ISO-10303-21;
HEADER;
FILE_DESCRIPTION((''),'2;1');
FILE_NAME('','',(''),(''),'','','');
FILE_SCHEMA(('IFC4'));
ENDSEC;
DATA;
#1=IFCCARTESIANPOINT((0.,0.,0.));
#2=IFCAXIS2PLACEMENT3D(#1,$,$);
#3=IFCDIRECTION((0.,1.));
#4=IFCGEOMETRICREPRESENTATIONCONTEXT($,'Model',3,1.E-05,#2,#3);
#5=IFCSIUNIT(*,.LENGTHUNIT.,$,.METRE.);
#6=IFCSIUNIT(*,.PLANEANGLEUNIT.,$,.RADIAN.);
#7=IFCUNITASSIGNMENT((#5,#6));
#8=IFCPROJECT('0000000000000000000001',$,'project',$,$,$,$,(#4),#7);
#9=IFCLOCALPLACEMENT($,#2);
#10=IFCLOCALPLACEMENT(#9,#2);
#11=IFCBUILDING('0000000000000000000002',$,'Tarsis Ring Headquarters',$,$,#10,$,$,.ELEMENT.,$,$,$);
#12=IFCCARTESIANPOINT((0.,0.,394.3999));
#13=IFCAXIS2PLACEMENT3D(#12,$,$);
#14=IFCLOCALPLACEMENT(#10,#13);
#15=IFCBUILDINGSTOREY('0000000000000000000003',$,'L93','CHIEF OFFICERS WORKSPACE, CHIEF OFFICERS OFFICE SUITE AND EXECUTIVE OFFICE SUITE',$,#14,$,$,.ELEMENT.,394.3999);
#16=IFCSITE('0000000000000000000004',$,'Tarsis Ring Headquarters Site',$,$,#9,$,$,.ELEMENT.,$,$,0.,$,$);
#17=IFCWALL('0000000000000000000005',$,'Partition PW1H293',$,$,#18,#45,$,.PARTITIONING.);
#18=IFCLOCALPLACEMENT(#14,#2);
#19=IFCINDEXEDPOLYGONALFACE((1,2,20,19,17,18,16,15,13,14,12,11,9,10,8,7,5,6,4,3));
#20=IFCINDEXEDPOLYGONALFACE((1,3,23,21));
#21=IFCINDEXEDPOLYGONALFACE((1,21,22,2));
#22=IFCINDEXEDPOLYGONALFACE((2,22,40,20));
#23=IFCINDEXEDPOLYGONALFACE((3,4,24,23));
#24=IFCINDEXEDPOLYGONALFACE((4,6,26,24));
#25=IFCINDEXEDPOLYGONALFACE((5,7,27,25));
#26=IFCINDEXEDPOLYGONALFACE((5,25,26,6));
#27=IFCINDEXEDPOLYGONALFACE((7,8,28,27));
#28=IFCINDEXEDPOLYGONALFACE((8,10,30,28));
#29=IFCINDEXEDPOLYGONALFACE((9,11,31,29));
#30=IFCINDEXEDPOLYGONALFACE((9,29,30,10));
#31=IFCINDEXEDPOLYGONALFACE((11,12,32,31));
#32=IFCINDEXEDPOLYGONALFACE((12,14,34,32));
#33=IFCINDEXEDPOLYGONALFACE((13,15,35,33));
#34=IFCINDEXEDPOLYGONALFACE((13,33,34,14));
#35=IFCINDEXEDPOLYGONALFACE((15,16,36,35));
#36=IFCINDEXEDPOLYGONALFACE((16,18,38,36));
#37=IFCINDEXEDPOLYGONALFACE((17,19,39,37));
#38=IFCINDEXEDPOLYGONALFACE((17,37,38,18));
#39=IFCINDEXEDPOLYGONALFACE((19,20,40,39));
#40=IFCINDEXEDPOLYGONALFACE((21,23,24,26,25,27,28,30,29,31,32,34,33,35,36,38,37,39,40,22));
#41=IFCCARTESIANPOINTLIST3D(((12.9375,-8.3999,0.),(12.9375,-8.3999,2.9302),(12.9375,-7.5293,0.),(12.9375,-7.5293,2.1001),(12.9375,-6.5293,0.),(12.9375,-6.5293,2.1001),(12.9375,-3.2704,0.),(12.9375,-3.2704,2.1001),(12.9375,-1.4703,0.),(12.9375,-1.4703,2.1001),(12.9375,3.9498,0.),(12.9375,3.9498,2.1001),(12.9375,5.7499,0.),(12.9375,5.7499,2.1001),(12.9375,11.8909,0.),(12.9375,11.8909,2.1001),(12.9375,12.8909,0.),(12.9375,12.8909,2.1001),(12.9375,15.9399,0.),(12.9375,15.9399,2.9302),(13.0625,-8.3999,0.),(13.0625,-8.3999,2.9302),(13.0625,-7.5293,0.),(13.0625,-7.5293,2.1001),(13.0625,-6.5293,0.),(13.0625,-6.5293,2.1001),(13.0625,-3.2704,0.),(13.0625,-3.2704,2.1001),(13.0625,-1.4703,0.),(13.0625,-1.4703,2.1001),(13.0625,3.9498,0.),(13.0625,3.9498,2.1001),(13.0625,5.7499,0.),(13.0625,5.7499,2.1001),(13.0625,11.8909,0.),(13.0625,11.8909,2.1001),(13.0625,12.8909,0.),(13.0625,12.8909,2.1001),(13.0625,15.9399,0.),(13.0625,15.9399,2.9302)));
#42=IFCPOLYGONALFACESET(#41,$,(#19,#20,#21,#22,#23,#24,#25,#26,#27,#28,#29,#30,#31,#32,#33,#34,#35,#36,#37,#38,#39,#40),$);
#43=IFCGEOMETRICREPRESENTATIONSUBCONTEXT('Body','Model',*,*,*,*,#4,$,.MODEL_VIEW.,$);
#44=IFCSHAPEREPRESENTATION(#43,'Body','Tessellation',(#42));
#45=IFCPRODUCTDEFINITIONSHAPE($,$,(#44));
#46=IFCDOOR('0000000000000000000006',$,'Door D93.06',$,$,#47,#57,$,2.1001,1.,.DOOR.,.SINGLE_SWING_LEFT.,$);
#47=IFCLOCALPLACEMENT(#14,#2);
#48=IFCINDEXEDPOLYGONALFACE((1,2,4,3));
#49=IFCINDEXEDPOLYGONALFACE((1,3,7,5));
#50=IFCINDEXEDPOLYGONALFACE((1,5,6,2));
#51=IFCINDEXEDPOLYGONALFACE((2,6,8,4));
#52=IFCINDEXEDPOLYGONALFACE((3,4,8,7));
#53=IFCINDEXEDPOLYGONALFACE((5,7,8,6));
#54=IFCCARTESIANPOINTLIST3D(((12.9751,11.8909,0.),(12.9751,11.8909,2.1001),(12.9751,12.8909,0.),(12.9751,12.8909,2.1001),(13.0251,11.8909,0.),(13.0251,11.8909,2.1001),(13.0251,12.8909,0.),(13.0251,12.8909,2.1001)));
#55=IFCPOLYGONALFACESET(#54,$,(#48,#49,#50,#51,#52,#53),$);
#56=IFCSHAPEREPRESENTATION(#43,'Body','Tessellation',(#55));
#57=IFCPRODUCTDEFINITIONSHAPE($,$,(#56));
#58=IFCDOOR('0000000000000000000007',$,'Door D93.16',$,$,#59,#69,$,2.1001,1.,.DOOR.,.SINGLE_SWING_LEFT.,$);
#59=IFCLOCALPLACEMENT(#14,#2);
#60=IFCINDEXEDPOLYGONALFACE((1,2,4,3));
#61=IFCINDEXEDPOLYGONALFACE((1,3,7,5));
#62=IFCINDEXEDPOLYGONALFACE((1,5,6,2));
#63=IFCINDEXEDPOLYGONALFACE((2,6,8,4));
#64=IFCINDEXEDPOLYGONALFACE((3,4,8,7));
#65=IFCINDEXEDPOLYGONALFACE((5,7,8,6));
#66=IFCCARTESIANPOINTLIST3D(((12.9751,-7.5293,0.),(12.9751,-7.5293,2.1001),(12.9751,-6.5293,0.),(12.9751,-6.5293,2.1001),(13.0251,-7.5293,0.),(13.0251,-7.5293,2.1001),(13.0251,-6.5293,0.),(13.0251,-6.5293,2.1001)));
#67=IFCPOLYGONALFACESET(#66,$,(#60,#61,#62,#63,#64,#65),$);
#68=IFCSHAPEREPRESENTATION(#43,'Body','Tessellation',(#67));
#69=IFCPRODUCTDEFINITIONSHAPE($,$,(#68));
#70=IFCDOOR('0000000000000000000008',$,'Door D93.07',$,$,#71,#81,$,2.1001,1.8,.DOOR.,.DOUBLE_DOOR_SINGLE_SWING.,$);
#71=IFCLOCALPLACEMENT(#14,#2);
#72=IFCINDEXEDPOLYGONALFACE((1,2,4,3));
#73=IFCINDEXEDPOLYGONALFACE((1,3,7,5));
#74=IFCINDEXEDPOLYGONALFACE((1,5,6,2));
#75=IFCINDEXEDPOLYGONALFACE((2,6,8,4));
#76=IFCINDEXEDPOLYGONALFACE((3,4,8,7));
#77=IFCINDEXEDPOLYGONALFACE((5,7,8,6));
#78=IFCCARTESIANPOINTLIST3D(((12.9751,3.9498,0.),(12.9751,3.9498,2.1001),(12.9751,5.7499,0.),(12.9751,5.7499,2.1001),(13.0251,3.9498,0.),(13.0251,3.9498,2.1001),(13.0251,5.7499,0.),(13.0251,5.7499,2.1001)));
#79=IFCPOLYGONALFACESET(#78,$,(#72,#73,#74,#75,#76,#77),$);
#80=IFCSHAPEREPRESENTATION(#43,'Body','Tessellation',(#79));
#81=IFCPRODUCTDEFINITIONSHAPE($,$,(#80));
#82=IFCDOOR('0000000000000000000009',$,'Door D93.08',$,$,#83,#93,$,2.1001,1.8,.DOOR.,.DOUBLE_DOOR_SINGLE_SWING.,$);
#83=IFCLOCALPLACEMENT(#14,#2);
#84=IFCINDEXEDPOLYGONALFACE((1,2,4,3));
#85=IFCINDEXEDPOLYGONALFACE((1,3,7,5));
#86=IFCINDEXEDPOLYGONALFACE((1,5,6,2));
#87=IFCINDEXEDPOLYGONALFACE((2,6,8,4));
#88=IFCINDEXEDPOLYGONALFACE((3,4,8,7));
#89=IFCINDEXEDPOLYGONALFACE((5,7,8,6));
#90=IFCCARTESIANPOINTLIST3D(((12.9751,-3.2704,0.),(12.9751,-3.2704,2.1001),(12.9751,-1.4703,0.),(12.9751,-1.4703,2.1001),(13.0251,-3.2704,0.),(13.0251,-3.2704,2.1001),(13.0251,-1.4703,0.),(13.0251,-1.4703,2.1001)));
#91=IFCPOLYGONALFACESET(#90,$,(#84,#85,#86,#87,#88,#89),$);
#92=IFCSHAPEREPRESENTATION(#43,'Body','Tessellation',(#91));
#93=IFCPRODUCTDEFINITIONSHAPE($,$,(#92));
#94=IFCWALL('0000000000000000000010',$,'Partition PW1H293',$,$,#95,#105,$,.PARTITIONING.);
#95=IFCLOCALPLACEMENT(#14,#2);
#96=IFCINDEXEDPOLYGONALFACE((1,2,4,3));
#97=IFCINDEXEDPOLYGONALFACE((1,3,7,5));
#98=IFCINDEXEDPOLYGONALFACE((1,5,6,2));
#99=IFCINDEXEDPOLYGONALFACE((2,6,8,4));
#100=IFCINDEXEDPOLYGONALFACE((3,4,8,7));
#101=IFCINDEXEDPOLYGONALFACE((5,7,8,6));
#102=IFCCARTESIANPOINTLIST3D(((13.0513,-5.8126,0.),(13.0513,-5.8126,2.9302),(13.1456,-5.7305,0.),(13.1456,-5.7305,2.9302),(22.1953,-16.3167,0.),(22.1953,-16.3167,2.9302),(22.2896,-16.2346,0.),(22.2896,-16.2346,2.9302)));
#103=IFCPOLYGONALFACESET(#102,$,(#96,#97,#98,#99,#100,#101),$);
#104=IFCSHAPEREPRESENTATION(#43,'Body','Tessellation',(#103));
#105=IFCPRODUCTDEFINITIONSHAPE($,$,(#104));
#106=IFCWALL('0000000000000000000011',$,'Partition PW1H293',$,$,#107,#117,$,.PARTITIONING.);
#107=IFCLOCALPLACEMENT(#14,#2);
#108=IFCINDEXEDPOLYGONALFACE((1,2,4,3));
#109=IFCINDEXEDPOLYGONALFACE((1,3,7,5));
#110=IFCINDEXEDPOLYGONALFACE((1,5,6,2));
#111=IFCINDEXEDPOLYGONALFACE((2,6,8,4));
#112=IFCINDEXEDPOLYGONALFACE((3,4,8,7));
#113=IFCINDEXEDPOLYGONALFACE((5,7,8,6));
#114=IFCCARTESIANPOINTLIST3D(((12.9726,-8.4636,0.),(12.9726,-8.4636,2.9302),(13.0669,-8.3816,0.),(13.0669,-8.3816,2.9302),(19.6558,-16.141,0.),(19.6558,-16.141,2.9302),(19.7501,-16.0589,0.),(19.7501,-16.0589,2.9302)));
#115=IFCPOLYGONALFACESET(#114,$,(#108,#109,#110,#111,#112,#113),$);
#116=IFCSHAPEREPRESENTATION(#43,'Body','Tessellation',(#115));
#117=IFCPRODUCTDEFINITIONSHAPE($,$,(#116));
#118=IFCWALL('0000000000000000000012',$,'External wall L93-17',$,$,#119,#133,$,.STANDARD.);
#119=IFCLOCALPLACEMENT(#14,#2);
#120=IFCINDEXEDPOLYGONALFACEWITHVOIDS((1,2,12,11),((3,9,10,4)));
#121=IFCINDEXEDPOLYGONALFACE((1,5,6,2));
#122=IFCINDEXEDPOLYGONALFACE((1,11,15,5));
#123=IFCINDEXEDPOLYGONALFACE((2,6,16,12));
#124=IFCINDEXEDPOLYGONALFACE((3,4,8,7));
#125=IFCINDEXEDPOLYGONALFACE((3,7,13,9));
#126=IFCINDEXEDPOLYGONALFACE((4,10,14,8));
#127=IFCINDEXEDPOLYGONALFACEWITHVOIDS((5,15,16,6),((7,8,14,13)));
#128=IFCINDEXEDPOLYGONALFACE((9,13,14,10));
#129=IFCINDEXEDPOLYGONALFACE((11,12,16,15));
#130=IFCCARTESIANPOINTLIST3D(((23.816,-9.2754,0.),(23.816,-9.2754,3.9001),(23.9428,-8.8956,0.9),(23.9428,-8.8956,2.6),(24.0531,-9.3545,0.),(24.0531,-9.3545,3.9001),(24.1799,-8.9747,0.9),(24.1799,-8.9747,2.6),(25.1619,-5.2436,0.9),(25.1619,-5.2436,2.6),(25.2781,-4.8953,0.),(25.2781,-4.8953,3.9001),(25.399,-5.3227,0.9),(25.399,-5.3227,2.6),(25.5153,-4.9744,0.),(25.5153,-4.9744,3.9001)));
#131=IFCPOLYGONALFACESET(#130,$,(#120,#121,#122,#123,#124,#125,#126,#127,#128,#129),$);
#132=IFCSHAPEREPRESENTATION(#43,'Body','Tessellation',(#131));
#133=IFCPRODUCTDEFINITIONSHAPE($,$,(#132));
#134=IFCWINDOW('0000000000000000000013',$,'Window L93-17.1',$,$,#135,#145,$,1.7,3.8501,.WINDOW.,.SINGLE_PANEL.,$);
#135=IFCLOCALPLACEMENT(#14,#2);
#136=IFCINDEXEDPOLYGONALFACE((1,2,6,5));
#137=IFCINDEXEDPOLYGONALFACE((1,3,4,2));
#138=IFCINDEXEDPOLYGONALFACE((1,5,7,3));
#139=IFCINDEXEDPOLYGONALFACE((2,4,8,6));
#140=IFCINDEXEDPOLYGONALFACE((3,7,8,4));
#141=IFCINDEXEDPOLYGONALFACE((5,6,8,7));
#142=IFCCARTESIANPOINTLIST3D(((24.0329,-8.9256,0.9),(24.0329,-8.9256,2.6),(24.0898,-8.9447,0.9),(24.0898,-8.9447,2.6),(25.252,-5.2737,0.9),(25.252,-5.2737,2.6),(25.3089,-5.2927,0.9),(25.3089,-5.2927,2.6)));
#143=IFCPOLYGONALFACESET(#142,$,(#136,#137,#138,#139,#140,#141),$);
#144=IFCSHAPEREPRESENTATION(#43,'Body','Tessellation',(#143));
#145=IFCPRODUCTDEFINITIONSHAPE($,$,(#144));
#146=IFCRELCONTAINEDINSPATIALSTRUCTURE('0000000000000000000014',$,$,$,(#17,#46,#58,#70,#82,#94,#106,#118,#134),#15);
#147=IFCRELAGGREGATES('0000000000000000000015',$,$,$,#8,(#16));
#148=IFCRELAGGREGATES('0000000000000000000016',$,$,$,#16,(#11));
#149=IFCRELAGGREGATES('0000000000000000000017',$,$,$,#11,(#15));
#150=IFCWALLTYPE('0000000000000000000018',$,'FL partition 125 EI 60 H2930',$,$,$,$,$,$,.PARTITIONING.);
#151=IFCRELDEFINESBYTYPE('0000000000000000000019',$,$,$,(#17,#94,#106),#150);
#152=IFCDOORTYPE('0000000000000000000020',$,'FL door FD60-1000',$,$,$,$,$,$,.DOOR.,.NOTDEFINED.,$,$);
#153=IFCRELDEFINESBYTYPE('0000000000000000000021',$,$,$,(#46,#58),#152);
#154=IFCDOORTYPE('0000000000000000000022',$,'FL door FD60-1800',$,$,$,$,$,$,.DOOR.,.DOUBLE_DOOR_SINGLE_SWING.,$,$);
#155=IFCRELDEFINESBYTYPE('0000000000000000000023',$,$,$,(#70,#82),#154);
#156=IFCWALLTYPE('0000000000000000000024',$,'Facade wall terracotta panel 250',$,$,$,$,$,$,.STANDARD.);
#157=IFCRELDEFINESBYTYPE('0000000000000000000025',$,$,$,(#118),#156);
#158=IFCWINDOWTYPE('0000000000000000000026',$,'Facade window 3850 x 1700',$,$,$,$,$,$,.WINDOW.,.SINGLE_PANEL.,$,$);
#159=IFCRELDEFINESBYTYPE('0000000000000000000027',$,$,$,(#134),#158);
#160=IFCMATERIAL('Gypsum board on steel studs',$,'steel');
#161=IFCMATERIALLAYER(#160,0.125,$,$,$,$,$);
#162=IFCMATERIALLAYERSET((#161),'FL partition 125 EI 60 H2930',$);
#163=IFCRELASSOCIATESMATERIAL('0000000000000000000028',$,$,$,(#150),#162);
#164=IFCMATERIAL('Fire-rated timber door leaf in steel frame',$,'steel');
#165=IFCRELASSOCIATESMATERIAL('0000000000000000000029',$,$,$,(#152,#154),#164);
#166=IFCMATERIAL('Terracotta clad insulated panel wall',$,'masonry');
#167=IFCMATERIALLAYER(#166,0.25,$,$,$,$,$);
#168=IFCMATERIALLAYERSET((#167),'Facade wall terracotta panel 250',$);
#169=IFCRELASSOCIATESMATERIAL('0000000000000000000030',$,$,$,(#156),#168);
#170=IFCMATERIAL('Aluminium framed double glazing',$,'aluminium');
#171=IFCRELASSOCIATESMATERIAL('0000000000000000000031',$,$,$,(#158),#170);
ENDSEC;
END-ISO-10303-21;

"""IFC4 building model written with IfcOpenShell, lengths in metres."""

from ifc_helpers import new_model, si_unit, direction, frame, frame_2d, origin, place, context, subcontext, project, spatial, rectangle, extrude, material, layer, layer_set, type_object, element, fill, save


model = new_model("IFC4")

# Units and contexts
model_context = context("Model", 3, precision=1e-05, world=origin(), true_north=direction((0.0, 1.0)))
body_context = subcontext(model_context, "Body", "Model", "MODEL_VIEW")
ifc_project = project(units=[si_unit("LENGTHUNIT", "METRE"), si_unit("PLANEANGLEUNIT", "RADIAN")], contexts=[model_context])

# Site, building, storey
site_placement = place(None, origin())
site = spatial("IfcSite", under=ifc_project, at=site_placement, Name="Tarsis Ring Headquarters Site", CompositionType="ELEMENT", RefElevation=0.0)
building_placement = place(site_placement, origin())
building = spatial("IfcBuilding", under=site, at=building_placement, Name="Tarsis Ring Headquarters", CompositionType="ELEMENT")
storey_placement = place(building_placement, frame((0.0, 0.0, 394.3999)))
storey = spatial("IfcBuildingStorey", under=building, at=storey_placement, Name="L93", Description="CHIEF OFFICERS WORKSPACE, CHIEF OFFICERS OFFICE SUITE AND EXECUTIVE OFFICE SUITE", CompositionType="ELEMENT", Elevation=394.3999)

# Shared definitions
ifc_material_1 = material(Name="Gypsum board on steel studs", Category="steel")

# Wall, openings, doors
ifc_layer_1 = layer(ifc_material_1, 0.125)
ifc_layer_set_1 = layer_set([ifc_layer_1], Name="FL partition 125 EI 60 H2930")
wall_type_1 = type_object("IfcWallType", Name="FL partition 125 EI 60 H2930", PredefinedType="PARTITIONING", material=ifc_layer_set_1)
wall_1_placement = place(storey_placement, frame((13.0, -8.3999, 0.0), z_axis=(0.0, 0.0, 1.0), x_axis=(0.0, 1.0, 0.0)))
wall_1 = element("IfcWall", 1, at=wall_1_placement, inside=storey, type_object=wall_type_1, Name="Partition PW1H293", PredefinedType="PARTITIONING", context=body_context, shape_type="SweptSolid", body=[
    extrude(rectangle(XDim=24.3398, YDim=0.125, at=frame_2d((12.1699, 0.0))), origin(), (0.0, 0.0, 1.0), 2.9302),
])
opening_1_placement = place(wall_1_placement, frame((20.2908, 0.0, 0.0)))
opening_1 = element("IfcOpeningElement", 2, at=opening_1_placement, cuts=wall_1, PredefinedType="OPENING", context=body_context, shape_type="SweptSolid", body=[
    extrude(rectangle(XDim=1.0, YDim=2.1001, at=frame_2d((0.5, 1.05))), frame((0.0, 0.0725, 0.0), z_axis=(0.0, -1.0, 0.0), x_axis=(1.0, 0.0, 0.0)), (0.0, 0.0, 1.0), 0.145),
])
opening_2_placement = place(wall_1_placement, frame((12.3499, 0.0, 0.0)))
opening_2 = element("IfcOpeningElement", 3, at=opening_2_placement, cuts=wall_1, PredefinedType="OPENING", context=body_context, shape_type="SweptSolid", body=[
    extrude(rectangle(XDim=1.8, YDim=2.1001, at=frame_2d((0.8999, 1.05))), frame((0.0, 0.0725, 0.0), z_axis=(0.0, -1.0, 0.0), x_axis=(1.0, 0.0, 0.0)), (0.0, 0.0, 1.0), 0.145),
])
opening_3_placement = place(wall_1_placement, frame((5.1296, 0.0, 0.0)))
opening_3 = element("IfcOpeningElement", 4, at=opening_3_placement, cuts=wall_1, PredefinedType="OPENING", context=body_context, shape_type="SweptSolid", body=[
    extrude(rectangle(XDim=1.8, YDim=2.1001, at=frame_2d((0.8999, 1.05))), frame((0.0, 0.0725, 0.0), z_axis=(0.0, -1.0, 0.0), x_axis=(1.0, 0.0, 0.0)), (0.0, 0.0, 1.0), 0.145),
])
opening_4_placement = place(wall_1_placement, frame((0.8706, 0.0, 0.0)))
opening_4 = element("IfcOpeningElement", 5, at=opening_4_placement, cuts=wall_1, PredefinedType="OPENING", context=body_context, shape_type="SweptSolid", body=[
    extrude(rectangle(XDim=1.0, YDim=2.1001, at=frame_2d((0.5, 1.05))), frame((0.0, 0.0725, 0.0), z_axis=(0.0, -1.0, 0.0), x_axis=(1.0, 0.0, 0.0)), (0.0, 0.0, 1.0), 0.145),
])
ifc_material_2 = material(Name="Fire-rated timber door leaf in steel frame", Category="steel")
door_type_1 = type_object("IfcDoorType", Name="FL door FD60-1000", OperationType="NOTDEFINED", PredefinedType="DOOR", material=ifc_material_2)
door_1_placement = place(opening_1_placement, origin())
door_1 = element("IfcDoor", 6, at=door_1_placement, inside=storey, type_object=door_type_1, Name="Door D93.06", OperationType="SINGLE_SWING_LEFT", OverallHeight=2.1001, OverallWidth=1.0, PredefinedType="DOOR", context=body_context, shape_type="SweptSolid", body=[
    extrude(rectangle(XDim=1.0, YDim=2.1001, at=frame_2d((0.5, 1.05))), frame((0.0, 0.0249, 0.0), z_axis=(0.0, -1.0, 0.0), x_axis=(1.0, 0.0, 0.0)), (0.0, 0.0, 1.0), 0.05),
])
fill(opening_1, door_1)
door_2_placement = place(opening_4_placement, origin())
door_2 = element("IfcDoor", 7, at=door_2_placement, inside=storey, type_object=door_type_1, Name="Door D93.16", OperationType="SINGLE_SWING_LEFT", OverallHeight=2.1001, OverallWidth=1.0, PredefinedType="DOOR", context=body_context, shape_type="SweptSolid", body=[
    extrude(rectangle(XDim=1.0, YDim=2.1001, at=frame_2d((0.5, 1.05))), frame((0.0, 0.0249, 0.0), z_axis=(0.0, -1.0, 0.0), x_axis=(1.0, 0.0, 0.0)), (0.0, 0.0, 1.0), 0.05),
])
fill(opening_4, door_2)
door_type_2 = type_object("IfcDoorType", Name="FL door FD60-1800", OperationType="DOUBLE_DOOR_SINGLE_SWING", PredefinedType="DOOR", material=ifc_material_2)
door_3_placement = place(opening_2_placement, origin())
door_3 = element("IfcDoor", 8, at=door_3_placement, inside=storey, type_object=door_type_2, Name="Door D93.07", OperationType="DOUBLE_DOOR_SINGLE_SWING", OverallHeight=2.1001, OverallWidth=1.8, PredefinedType="DOOR", context=body_context, shape_type="SweptSolid", body=[
    extrude(rectangle(XDim=1.8, YDim=2.1001, at=frame_2d((0.8999, 1.05))), frame((0.0, 0.0249, 0.0), z_axis=(0.0, -1.0, 0.0), x_axis=(1.0, 0.0, 0.0)), (0.0, 0.0, 1.0), 0.05),
])
fill(opening_2, door_3)
door_4_placement = place(opening_3_placement, origin())
door_4 = element("IfcDoor", 9, at=door_4_placement, inside=storey, type_object=door_type_2, Name="Door D93.08", OperationType="DOUBLE_DOOR_SINGLE_SWING", OverallHeight=2.1001, OverallWidth=1.8, PredefinedType="DOOR", context=body_context, shape_type="SweptSolid", body=[
    extrude(rectangle(XDim=1.8, YDim=2.1001, at=frame_2d((0.8999, 1.05))), frame((0.0, 0.0249, 0.0), z_axis=(0.0, -1.0, 0.0), x_axis=(1.0, 0.0, 0.0)), (0.0, 0.0, 1.0), 0.05),
])
fill(opening_3, door_4)

# Walls
wall_2_placement = place(storey_placement, frame((13.0984, -5.7715, 0.0), z_axis=(0.0, 0.0, 1.0), x_axis=(0.656587, -0.75425, 0.0)))
element("IfcWall", 10, at=wall_2_placement, inside=storey, type_object=wall_type_1, Name="Partition PW1H293", PredefinedType="PARTITIONING", context=body_context, shape_type="SweptSolid", body=[
    extrude(rectangle(XDim=13.9265, YDim=0.125, at=frame_2d((6.9634, 0.0))), origin(), (0.0, 0.0, 1.0), 2.9302),
])
wall_3_placement = place(storey_placement, frame((13.0198, -8.4226, 0.0), z_axis=(0.0, 0.0, 1.0), x_axis=(0.656584, -0.754253, 0.0)))
element("IfcWall", 11, at=wall_3_placement, inside=storey, type_object=wall_type_1, Name="Partition PW1H293", PredefinedType="PARTITIONING", context=body_context, shape_type="SweptSolid", body=[
    extrude(rectangle(XDim=10.1787, YDim=0.125, at=frame_2d((5.0894, 0.0))), origin(), (0.0, 0.0, 1.0), 2.9302),
])

# Wall, opening, window
ifc_material_3 = material(Name="Terracotta clad insulated panel wall", Category="masonry")
ifc_layer_2 = layer(ifc_material_3, 0.25)
ifc_layer_set_2 = layer_set([ifc_layer_2], Name="Facade wall terracotta panel 250")
wall_type_2 = type_object("IfcWallType", Name="Facade wall terracotta panel 250", PredefinedType="STANDARD", material=ifc_layer_set_2)
wall_4_placement = place(storey_placement, frame((23.9346, -9.3149, 0.0), z_axis=(0.0, 0.0, 1.0), x_axis=(0.31664, 0.948546, 0.0)))
wall_4 = element("IfcWall", 12, at=wall_4_placement, inside=storey, type_object=wall_type_2, Name="External wall L93-17", PredefinedType="STANDARD", context=body_context, shape_type="SweptSolid", body=[
    extrude(rectangle(XDim=4.6177, YDim=0.25, at=frame_2d((2.3088, 0.0))), origin(), (0.0, 0.0, 1.0), 3.9001),
])
opening_5_placement = place(wall_4_placement, frame((0.4004, 0.0, 0.8999)))
opening_5 = element("IfcOpeningElement", 13, at=opening_5_placement, cuts=wall_4, PredefinedType="OPENING", context=body_context, shape_type="SweptSolid", body=[
    extrude(rectangle(XDim=3.8501, YDim=1.7, at=frame_2d((1.925, 0.8501))), frame((0.0, 0.135, 0.0), z_axis=(0.0, -1.0, 0.0), x_axis=(1.0, 0.0, 0.0)), (0.0, 0.0, 1.0), 0.27),
])
ifc_material_4 = material(Name="Aluminium framed double glazing", Category="aluminium")
window_type_1 = type_object("IfcWindowType", Name="Facade window 3850 x 1700", PartitioningType="SINGLE_PANEL", PredefinedType="WINDOW", material=ifc_material_4)
window_1_placement = place(opening_5_placement, origin())
window_1 = element("IfcWindow", 14, at=window_1_placement, inside=storey, type_object=window_type_1, Name="Window L93-17.1", OverallHeight=1.7, OverallWidth=3.8501, PartitioningType="SINGLE_PANEL", PredefinedType="WINDOW", context=body_context, shape_type="SweptSolid", body=[
    extrude(rectangle(XDim=3.8501, YDim=1.7, at=frame_2d((1.925, 0.8501))), frame((0.0, 0.03, 0.0), z_axis=(0.0, -1.0, 0.0), x_axis=(1.0, 0.0, 0.0)), (0.0, 0.0, 1.0), 0.0601),
])
fill(opening_5, window_1)

save(model, "model.ifc")
